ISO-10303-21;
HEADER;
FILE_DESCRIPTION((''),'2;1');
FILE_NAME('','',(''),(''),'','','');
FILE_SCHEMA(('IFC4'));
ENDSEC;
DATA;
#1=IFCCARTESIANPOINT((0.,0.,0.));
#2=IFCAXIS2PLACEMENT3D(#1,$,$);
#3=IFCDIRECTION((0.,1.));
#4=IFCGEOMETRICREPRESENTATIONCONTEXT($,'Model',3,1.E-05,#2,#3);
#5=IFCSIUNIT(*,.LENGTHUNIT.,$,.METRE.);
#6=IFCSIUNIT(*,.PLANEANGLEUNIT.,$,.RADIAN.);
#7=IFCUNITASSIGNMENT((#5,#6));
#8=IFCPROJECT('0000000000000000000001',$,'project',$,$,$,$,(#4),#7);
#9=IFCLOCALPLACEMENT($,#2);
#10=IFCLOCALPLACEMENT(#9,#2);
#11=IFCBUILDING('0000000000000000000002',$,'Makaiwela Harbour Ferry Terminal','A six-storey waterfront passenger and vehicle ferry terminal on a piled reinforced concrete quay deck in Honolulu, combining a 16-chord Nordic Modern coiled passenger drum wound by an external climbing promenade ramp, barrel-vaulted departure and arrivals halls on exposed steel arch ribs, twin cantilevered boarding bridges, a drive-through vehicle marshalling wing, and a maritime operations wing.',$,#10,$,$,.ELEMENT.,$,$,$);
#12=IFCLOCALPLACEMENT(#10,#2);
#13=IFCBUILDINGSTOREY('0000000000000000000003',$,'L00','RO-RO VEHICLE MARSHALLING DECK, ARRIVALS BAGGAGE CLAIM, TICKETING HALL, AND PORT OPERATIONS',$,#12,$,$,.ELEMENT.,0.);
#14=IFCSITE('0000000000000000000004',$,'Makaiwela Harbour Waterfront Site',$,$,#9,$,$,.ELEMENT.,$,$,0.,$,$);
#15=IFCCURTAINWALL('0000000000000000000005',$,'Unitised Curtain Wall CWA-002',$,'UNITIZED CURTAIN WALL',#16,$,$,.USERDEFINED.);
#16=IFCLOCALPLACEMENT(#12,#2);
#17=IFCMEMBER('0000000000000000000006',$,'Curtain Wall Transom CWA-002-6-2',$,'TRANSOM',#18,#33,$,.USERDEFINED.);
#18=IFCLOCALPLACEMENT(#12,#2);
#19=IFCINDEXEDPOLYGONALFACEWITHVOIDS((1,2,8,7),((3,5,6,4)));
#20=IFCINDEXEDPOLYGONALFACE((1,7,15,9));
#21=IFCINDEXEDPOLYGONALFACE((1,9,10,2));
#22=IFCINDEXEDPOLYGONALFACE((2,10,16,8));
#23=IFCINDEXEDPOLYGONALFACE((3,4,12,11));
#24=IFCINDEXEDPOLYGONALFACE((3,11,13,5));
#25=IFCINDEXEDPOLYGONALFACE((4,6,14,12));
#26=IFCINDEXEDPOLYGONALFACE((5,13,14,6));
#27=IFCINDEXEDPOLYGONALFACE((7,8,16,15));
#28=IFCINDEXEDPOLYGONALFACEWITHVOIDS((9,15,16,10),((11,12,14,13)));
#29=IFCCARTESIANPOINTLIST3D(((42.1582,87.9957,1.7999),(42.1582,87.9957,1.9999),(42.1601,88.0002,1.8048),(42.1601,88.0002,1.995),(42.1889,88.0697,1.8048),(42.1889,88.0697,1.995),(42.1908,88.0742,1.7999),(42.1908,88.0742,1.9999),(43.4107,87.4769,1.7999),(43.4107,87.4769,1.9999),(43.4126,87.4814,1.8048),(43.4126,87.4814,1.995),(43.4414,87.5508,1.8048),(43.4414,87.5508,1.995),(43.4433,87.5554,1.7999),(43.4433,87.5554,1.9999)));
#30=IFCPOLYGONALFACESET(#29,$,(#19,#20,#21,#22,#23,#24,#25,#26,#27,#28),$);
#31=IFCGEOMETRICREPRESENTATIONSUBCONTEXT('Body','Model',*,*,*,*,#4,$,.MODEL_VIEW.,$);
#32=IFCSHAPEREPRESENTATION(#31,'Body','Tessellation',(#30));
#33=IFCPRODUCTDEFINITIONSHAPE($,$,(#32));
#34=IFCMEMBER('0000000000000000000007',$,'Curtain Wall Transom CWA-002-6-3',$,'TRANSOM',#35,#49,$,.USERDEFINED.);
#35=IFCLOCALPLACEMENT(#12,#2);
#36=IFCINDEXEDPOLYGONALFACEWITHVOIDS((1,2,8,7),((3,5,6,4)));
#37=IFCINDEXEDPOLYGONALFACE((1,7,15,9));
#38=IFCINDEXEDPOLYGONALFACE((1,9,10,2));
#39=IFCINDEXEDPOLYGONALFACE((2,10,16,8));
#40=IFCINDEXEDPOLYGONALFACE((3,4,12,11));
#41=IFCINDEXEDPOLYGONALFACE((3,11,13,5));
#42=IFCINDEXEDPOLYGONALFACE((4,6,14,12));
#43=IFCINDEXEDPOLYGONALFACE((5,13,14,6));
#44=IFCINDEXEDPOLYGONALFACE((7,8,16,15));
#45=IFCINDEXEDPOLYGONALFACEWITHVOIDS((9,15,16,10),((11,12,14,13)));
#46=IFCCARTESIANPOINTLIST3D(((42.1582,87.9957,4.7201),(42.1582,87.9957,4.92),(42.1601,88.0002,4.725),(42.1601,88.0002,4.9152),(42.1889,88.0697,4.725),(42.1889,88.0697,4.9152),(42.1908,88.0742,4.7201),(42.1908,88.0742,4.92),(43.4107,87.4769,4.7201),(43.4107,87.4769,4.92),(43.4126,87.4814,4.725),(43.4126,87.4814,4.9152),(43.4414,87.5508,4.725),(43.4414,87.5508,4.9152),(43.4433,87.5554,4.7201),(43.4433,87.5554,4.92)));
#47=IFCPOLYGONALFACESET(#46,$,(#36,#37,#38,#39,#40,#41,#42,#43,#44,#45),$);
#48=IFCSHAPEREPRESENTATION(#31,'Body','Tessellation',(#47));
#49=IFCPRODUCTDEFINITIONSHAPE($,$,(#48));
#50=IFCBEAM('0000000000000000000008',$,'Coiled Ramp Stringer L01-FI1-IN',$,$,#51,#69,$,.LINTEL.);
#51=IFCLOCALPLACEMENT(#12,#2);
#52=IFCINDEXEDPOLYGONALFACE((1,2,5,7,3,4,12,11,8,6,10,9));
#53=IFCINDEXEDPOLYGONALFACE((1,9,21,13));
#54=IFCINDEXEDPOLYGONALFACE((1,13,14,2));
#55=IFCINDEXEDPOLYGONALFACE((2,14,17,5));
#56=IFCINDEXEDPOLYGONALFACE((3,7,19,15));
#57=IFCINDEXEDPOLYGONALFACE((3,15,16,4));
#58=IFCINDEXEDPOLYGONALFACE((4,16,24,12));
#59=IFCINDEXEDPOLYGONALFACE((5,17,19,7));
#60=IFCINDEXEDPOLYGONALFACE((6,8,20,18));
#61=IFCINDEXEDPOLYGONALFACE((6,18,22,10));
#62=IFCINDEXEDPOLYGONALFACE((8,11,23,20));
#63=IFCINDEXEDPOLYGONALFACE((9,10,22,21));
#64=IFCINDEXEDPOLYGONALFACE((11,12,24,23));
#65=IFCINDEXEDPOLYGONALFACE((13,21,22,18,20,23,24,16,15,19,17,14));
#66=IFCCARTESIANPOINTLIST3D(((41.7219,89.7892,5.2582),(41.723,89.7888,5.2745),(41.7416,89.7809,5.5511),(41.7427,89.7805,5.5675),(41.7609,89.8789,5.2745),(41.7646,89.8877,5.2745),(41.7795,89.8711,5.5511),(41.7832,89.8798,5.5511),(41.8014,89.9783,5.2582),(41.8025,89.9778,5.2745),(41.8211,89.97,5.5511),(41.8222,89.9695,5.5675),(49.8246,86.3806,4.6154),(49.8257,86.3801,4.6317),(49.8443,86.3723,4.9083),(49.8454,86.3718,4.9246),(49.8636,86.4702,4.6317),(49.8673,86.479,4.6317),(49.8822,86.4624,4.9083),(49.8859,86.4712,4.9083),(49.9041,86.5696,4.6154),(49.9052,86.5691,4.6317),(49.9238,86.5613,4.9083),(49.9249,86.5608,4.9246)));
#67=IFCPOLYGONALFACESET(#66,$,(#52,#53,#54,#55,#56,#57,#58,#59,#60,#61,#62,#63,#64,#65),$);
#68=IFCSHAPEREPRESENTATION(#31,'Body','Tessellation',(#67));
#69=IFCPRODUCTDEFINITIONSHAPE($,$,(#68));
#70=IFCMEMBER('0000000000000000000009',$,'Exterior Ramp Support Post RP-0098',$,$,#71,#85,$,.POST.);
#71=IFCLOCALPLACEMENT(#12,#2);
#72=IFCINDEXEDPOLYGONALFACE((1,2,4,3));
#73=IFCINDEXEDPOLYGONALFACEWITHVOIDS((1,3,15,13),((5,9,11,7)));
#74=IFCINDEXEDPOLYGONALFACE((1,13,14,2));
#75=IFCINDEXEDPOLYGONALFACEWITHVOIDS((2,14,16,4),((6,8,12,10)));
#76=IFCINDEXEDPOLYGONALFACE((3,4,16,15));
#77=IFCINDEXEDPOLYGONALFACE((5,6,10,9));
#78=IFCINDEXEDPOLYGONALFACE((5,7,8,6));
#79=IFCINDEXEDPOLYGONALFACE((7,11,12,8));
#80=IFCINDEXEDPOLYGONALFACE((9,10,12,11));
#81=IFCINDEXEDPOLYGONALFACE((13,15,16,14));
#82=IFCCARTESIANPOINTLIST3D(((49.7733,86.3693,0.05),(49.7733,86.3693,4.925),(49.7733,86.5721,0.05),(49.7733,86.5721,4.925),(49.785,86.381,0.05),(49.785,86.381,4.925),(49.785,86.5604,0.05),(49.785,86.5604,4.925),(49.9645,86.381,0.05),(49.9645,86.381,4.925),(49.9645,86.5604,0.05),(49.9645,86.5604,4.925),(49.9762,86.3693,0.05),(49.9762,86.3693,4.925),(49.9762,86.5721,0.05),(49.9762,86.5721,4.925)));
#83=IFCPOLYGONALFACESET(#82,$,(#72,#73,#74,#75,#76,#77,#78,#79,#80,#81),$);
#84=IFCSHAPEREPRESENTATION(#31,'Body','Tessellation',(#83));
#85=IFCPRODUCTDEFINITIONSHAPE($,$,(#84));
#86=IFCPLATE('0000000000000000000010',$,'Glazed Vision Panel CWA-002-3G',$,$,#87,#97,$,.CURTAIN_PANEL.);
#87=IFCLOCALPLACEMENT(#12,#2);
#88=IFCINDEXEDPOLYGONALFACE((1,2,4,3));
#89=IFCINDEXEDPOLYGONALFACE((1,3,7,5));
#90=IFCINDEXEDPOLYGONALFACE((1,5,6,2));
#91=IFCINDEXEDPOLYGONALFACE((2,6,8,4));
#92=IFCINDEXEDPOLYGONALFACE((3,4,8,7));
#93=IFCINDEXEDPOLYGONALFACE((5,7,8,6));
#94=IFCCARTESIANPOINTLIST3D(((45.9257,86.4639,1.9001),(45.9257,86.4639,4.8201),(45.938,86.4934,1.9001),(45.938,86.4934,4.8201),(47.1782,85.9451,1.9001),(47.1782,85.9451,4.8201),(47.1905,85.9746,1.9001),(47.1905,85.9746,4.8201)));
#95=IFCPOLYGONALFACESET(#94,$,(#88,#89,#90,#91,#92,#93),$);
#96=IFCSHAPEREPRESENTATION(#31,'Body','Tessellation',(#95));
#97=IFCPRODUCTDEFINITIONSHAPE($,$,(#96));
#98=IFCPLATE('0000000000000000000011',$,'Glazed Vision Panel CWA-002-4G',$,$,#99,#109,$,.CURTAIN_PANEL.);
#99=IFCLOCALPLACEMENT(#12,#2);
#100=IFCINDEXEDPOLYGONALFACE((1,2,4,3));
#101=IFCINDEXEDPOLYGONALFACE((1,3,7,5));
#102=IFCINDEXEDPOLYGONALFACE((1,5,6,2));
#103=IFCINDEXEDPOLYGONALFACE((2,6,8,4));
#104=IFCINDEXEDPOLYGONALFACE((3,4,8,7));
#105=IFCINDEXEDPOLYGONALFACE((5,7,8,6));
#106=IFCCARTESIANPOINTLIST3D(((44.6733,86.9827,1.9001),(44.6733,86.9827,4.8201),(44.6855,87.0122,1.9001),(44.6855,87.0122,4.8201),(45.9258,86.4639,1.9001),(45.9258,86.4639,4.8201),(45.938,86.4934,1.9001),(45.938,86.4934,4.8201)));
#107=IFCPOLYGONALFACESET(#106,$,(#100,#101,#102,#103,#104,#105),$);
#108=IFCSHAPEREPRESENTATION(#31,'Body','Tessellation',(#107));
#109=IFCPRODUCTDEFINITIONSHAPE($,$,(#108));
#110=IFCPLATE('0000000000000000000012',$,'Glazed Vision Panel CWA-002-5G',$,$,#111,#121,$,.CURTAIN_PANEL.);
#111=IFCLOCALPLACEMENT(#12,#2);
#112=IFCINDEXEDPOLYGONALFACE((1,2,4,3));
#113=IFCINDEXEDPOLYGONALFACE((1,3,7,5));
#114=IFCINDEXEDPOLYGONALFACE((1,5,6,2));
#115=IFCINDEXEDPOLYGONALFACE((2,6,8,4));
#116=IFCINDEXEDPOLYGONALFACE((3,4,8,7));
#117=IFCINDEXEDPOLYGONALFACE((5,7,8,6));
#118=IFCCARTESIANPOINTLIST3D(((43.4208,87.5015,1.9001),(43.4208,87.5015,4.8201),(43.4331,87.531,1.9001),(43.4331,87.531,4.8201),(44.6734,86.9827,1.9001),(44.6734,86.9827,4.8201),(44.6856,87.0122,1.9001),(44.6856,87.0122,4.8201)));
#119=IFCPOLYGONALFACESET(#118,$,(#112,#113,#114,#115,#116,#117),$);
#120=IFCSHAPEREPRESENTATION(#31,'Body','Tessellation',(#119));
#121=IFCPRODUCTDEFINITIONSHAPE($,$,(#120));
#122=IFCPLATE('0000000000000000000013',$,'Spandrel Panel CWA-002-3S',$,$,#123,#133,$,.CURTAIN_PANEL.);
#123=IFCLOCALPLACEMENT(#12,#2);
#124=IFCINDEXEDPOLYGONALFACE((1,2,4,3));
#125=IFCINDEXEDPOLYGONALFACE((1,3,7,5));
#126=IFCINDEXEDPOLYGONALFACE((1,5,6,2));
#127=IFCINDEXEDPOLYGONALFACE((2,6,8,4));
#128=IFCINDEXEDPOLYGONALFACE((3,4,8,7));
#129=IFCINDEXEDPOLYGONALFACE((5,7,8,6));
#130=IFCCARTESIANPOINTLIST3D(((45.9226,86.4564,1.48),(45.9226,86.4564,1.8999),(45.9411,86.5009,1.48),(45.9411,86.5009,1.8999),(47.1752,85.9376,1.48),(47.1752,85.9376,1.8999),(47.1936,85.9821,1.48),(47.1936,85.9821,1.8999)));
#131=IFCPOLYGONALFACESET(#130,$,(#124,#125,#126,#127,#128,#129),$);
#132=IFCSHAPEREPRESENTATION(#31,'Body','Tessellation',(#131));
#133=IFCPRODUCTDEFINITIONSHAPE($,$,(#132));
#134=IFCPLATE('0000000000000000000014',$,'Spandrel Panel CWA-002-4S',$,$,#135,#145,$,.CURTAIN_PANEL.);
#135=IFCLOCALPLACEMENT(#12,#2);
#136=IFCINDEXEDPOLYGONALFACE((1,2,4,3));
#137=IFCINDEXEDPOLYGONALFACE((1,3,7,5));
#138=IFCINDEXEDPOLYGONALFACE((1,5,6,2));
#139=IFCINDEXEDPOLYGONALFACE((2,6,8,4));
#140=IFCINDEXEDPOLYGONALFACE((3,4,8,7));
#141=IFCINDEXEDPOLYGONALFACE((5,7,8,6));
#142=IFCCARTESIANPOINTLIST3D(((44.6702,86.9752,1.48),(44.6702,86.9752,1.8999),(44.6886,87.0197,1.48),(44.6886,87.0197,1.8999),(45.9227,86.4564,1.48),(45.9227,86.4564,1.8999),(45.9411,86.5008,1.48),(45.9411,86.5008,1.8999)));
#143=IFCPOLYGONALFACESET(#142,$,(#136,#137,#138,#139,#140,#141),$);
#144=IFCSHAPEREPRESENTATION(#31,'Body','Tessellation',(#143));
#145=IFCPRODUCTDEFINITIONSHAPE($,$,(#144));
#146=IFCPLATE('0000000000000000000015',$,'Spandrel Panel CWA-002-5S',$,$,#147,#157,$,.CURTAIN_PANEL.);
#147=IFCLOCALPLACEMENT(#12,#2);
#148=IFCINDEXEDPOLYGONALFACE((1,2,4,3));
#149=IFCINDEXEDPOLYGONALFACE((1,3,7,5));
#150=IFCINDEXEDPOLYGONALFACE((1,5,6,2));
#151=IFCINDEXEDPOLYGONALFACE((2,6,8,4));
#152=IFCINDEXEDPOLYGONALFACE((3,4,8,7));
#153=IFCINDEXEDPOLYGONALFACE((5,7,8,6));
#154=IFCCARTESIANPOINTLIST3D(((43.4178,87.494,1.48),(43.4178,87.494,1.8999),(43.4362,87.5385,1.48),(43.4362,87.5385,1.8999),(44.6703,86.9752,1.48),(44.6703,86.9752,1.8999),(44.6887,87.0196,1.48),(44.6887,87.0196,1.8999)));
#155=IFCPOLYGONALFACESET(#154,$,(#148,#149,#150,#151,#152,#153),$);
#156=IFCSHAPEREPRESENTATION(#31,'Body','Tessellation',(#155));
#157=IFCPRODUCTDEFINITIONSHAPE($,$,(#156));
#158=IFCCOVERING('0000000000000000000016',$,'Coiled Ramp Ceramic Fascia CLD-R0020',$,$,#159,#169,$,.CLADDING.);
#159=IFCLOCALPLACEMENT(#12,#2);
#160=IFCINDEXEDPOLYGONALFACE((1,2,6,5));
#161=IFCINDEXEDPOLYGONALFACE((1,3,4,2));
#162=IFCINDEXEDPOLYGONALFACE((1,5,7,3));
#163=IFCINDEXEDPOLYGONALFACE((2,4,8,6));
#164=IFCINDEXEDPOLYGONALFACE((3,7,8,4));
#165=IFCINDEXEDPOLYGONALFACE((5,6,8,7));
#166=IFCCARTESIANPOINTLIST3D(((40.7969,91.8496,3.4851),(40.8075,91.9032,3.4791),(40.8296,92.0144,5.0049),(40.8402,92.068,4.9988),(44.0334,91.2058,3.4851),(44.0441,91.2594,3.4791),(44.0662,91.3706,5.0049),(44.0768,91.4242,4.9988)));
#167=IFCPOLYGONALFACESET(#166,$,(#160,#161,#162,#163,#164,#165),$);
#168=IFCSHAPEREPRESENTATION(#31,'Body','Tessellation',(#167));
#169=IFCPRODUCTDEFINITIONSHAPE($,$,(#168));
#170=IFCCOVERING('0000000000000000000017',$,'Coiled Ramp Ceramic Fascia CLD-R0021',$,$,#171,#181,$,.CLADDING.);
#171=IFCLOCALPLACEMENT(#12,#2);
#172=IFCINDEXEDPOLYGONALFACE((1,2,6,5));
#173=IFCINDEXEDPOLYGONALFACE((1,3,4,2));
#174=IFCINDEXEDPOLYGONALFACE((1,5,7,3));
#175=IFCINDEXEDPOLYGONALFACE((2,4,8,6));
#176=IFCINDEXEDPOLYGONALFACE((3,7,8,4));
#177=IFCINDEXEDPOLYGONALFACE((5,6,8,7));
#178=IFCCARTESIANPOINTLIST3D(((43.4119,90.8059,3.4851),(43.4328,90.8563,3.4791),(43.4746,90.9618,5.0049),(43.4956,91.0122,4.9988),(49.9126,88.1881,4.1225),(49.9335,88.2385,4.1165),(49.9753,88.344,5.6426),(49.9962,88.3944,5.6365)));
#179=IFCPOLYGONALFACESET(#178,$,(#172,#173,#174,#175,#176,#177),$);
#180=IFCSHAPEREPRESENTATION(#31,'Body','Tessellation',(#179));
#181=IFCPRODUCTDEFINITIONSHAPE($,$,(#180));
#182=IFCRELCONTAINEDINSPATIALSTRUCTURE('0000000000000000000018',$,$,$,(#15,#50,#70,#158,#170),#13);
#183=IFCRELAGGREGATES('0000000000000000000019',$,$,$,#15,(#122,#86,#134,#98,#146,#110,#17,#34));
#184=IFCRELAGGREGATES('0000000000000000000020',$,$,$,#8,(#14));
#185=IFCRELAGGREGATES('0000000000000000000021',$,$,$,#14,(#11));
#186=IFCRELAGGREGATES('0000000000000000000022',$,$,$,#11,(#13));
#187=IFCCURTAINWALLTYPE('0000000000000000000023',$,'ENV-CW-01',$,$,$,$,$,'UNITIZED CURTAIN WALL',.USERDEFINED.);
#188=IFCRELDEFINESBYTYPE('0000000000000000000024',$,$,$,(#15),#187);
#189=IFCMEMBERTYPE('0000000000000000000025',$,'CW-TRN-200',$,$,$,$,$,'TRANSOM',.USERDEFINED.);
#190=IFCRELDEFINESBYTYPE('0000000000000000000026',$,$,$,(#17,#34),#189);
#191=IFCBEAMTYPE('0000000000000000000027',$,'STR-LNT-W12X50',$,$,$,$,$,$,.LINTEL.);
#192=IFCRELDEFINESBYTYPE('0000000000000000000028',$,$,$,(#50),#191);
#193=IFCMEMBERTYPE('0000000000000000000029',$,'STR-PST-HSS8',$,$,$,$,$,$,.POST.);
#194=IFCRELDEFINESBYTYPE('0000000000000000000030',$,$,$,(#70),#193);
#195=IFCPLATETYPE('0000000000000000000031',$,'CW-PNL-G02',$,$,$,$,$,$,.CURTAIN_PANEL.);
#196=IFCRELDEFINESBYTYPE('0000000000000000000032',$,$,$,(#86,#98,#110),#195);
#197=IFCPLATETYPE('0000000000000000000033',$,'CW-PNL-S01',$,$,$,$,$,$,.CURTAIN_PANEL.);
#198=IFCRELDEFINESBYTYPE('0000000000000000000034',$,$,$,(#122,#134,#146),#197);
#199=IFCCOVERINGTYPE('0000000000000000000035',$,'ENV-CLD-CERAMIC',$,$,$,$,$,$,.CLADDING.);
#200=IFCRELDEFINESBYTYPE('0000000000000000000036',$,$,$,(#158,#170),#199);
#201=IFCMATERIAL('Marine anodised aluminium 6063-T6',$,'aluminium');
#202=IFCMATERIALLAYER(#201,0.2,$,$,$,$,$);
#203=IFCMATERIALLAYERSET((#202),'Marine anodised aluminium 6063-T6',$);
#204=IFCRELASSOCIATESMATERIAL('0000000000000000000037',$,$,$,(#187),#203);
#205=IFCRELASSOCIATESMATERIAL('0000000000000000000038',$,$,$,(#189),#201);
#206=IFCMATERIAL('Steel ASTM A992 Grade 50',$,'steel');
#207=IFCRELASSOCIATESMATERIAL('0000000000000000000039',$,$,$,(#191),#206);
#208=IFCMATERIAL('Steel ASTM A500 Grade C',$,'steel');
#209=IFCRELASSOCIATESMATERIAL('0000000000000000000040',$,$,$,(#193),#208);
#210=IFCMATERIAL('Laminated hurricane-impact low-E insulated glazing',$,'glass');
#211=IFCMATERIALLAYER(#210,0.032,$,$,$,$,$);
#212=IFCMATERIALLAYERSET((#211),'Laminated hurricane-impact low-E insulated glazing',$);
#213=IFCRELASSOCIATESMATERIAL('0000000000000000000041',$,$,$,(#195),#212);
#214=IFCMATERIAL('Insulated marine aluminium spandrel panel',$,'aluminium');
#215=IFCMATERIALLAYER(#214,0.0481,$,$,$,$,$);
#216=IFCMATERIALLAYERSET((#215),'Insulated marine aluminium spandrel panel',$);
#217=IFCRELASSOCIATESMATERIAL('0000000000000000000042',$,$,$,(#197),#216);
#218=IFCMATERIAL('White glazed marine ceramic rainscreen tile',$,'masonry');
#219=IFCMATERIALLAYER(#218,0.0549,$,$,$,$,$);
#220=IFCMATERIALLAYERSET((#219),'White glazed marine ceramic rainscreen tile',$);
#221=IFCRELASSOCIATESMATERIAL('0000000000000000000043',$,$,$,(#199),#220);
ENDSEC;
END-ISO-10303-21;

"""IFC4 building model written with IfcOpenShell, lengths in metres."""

from ifc_helpers import new_model, si_unit, direction, frame, origin, origin_2d, place, context, subcontext, project, spatial, polyline, rectangle, hollow_rectangle, i_section, outline, extrude, material, layer, layer_set, material_profile, profile_set, type_object, element, aggregate, save


model = new_model("IFC4")

# Units and contexts
model_context = context("Model", 3, precision=1e-05, world=origin(), true_north=direction((0.0, 1.0)))
body_context = subcontext(model_context, "Body", "Model", "MODEL_VIEW")
ifc_project = project(units=[si_unit("LENGTHUNIT", "METRE"), si_unit("PLANEANGLEUNIT", "RADIAN")], contexts=[model_context])

# Site, building, storey
site_placement = place(None, origin())
site = spatial("IfcSite", under=ifc_project, at=site_placement, Name="Makaiwela Harbour Waterfront Site", CompositionType="ELEMENT", RefElevation=0.0)
building_placement = place(site_placement, origin())
building = spatial("IfcBuilding", under=site, at=building_placement, Name="Makaiwela Harbour Ferry Terminal", Description="A six-storey waterfront passenger and vehicle ferry terminal on a piled reinforced concrete quay deck in Honolulu, combining a 16-chord Nordic Modern coiled passenger drum wound by an external climbing promenade ramp, barrel-vaulted departure and arrivals halls on exposed steel arch ribs, twin cantilevered boarding bridges, a drive-through vehicle marshalling wing, and a maritime operations wing.", CompositionType="ELEMENT")
storey_placement = place(building_placement, origin())
storey = spatial("IfcBuildingStorey", under=building, at=storey_placement, Name="L00", Description="RO-RO VEHICLE MARSHALLING DECK, ARRIVALS BAGGAGE CLAIM, TICKETING HALL, AND PORT OPERATIONS", CompositionType="ELEMENT", Elevation=0.0)

# Curtain wall, members
ifc_material_1 = material(Name="Marine anodised aluminium 6063-T6", Category="aluminium")
ifc_layer_1 = layer(ifc_material_1, 0.2)
ifc_layer_set_1 = layer_set([ifc_layer_1], Name="Marine anodised aluminium 6063-T6")
curtain_wall_type = type_object("IfcCurtainWallType", Name="ENV-CW-01", ElementType="UNITIZED CURTAIN WALL", PredefinedType="USERDEFINED", material=ifc_layer_set_1)
curtain_wall_placement = place(storey_placement, origin())
curtain_wall = element("IfcCurtainWall", 1, at=curtain_wall_placement, inside=storey, type_object=curtain_wall_type, Name="Unitised Curtain Wall CWA-002", ObjectType="UNITIZED CURTAIN WALL", PredefinedType="USERDEFINED")
ifc_material_profile_1 = material_profile(ifc_material_1, hollow_rectangle(XDim=0.085, YDim=0.2, WallThickness=0.0049, at=origin_2d()), Name="CWT-200X85")
ifc_profile_set_1 = profile_set([ifc_material_profile_1], Name="Marine anodised aluminium 6063-T6")
member_type_1 = type_object("IfcMemberType", Name="CW-TRN-200", ElementType="TRANSOM", PredefinedType="USERDEFINED", material=ifc_profile_set_1)
member_1_placement = place(storey_placement, frame((43.427, 87.5161, 1.8999), z_axis=(-0.923874, 0.382696, 0.0), x_axis=(-0.382696, -0.923874, 0.0)))
member_1 = element("IfcMember", 2, at=member_1_placement, type_object=member_type_1, Name="Curtain Wall Transom CWA-002-6-2", ObjectType="TRANSOM", PredefinedType="USERDEFINED", context=body_context, shape_type="SweptSolid", body=[
    extrude(hollow_rectangle(XDim=0.085, YDim=0.2, WallThickness=0.0049, at=origin_2d()), origin(), (0.0, 0.0, 1.0), 1.3557),
])
member_2_placement = place(storey_placement, frame((43.427, 87.5161, 4.8201), z_axis=(-0.923874, 0.382696, 0.0), x_axis=(-0.382696, -0.923874, 0.0)))
member_2 = element("IfcMember", 3, at=member_2_placement, type_object=member_type_1, Name="Curtain Wall Transom CWA-002-6-3", ObjectType="TRANSOM", PredefinedType="USERDEFINED", context=body_context, shape_type="SweptSolid", body=[
    extrude(hollow_rectangle(XDim=0.085, YDim=0.2, WallThickness=0.0049, at=origin_2d()), origin(), (0.0, 0.0, 1.0), 1.3557),
])

# Beam
ifc_material_2 = material(Name="Steel ASTM A992 Grade 50", Category="steel")
ifc_material_profile_2 = material_profile(ifc_material_2, i_section(OverallWidth=0.2051, OverallDepth=0.3101, WebThickness=0.0095, FlangeThickness=0.0164, at=origin_2d()), Name="W12X50")
ifc_profile_set_2 = profile_set([ifc_material_profile_2], Name="Steel ASTM A992 Grade 50")
beam_type = type_object("IfcBeamType", Name="STR-LNT-W12X50", PredefinedType="LINTEL", material=ifc_profile_set_2)
beam_placement = place(storey_placement, frame((49.8748, 86.4707, 4.77), z_axis=(-0.919303, 0.386734, 0.072932), x_axis=(-0.387766, -0.921758, 0.0)))
element("IfcBeam", 4, at=beam_placement, inside=storey, type_object=beam_type, Name="Coiled Ramp Stringer L01-FI1-IN", PredefinedType="LINTEL", context=body_context, shape_type="SweptSolid", body=[
    extrude(i_section(OverallWidth=0.2051, OverallDepth=0.3101, WebThickness=0.0095, FlangeThickness=0.0164, at=origin_2d()), origin(), (0.0, 0.0, 1.0), 8.814),
])

# Member
ifc_material_3 = material(Name="Steel ASTM A500 Grade C", Category="steel")
ifc_material_profile_3 = material_profile(ifc_material_3, hollow_rectangle(XDim=0.2029, YDim=0.2029, WallThickness=0.0117, at=origin_2d()), Name="HSS8X8X1/2")
ifc_profile_set_3 = profile_set([ifc_material_profile_3], Name="Steel ASTM A500 Grade C")
member_type_2 = type_object("IfcMemberType", Name="STR-PST-HSS8", PredefinedType="POST", material=ifc_profile_set_3)
member_3_placement = place(storey_placement, frame((49.8748, 86.4707, 0.05), z_axis=(0.0, 0.0, 1.0), x_axis=(1.0, 0.0, 0.0)))
element("IfcMember", 5, at=member_3_placement, inside=storey, type_object=member_type_2, Name="Exterior Ramp Support Post RP-0098", PredefinedType="POST", context=body_context, shape_type="SweptSolid", body=[
    extrude(hollow_rectangle(XDim=0.2029, YDim=0.2029, WallThickness=0.0117, at=origin_2d()), origin(), (0.0, 0.0, 1.0), 4.875),
])

# Plates
ifc_material_4 = material(Name="Laminated hurricane-impact low-E insulated glazing", Category="glass")
ifc_layer_2 = layer(ifc_material_4, 0.032)
ifc_layer_set_2 = layer_set([ifc_layer_2], Name="Laminated hurricane-impact low-E insulated glazing")
plate_type_1 = type_object("IfcPlateType", Name="CW-PNL-G02", PredefinedType="CURTAIN_PANEL", material=ifc_layer_set_2)
plate_1_placement = place(storey_placement, frame((46.5581, 86.2192, 1.9001), z_axis=(0.0, 0.0, 1.0), x_axis=(-0.92388, 0.382683, 0.0)))
plate_1 = element("IfcPlate", 6, at=plate_1_placement, type_object=plate_type_1, Name="Glazed Vision Panel CWA-002-3G", PredefinedType="CURTAIN_PANEL", context=body_context, shape_type="SweptSolid", body=[
    extrude(rectangle(XDim=1.3557, YDim=0.032, at=origin_2d()), origin(), (0.0, 0.0, 1.0), 2.9199),
])
plate_2_placement = place(storey_placement, frame((45.3057, 86.738, 1.9001), z_axis=(0.0, 0.0, 1.0), x_axis=(-0.92388, 0.382683, 0.0)))
plate_2 = element("IfcPlate", 7, at=plate_2_placement, type_object=plate_type_1, Name="Glazed Vision Panel CWA-002-4G", PredefinedType="CURTAIN_PANEL", context=body_context, shape_type="SweptSolid", body=[
    extrude(rectangle(XDim=1.3557, YDim=0.032, at=origin_2d()), origin(), (0.0, 0.0, 1.0), 2.9199),
])
plate_3_placement = place(storey_placement, frame((44.0532, 87.2568, 1.9001), z_axis=(0.0, 0.0, 1.0), x_axis=(-0.92388, 0.382683, 0.0)))
plate_3 = element("IfcPlate", 8, at=plate_3_placement, type_object=plate_type_1, Name="Glazed Vision Panel CWA-002-5G", PredefinedType="CURTAIN_PANEL", context=body_context, shape_type="SweptSolid", body=[
    extrude(rectangle(XDim=1.3557, YDim=0.032, at=origin_2d()), origin(), (0.0, 0.0, 1.0), 2.9199),
])
ifc_material_5 = material(Name="Insulated marine aluminium spandrel panel", Category="aluminium")
ifc_layer_3 = layer(ifc_material_5, 0.0481)
ifc_layer_set_3 = layer_set([ifc_layer_3], Name="Insulated marine aluminium spandrel panel")
plate_type_2 = type_object("IfcPlateType", Name="CW-PNL-S01", PredefinedType="CURTAIN_PANEL", material=ifc_layer_set_3)
plate_4_placement = place(storey_placement, frame((46.5581, 86.2192, 1.48), z_axis=(0.0, 0.0, 1.0), x_axis=(-0.92388, 0.382683, 0.0)))
plate_4 = element("IfcPlate", 9, at=plate_4_placement, type_object=plate_type_2, Name="Spandrel Panel CWA-002-3S", PredefinedType="CURTAIN_PANEL", context=body_context, shape_type="SweptSolid", body=[
    extrude(rectangle(XDim=1.3557, YDim=0.0481, at=origin_2d()), origin(), (0.0, 0.0, 1.0), 0.4199),
])
plate_5_placement = place(storey_placement, frame((45.3057, 86.738, 1.48), z_axis=(0.0, 0.0, 1.0), x_axis=(-0.92388, 0.382683, 0.0)))
plate_5 = element("IfcPlate", 10, at=plate_5_placement, type_object=plate_type_2, Name="Spandrel Panel CWA-002-4S", PredefinedType="CURTAIN_PANEL", context=body_context, shape_type="SweptSolid", body=[
    extrude(rectangle(XDim=1.3557, YDim=0.0481, at=origin_2d()), origin(), (0.0, 0.0, 1.0), 0.4199),
])
plate_6_placement = place(storey_placement, frame((44.0532, 87.2568, 1.48), z_axis=(0.0, 0.0, 1.0), x_axis=(-0.92388, 0.382683, 0.0)))
plate_6 = element("IfcPlate", 11, at=plate_6_placement, type_object=plate_type_2, Name="Spandrel Panel CWA-002-5S", PredefinedType="CURTAIN_PANEL", context=body_context, shape_type="SweptSolid", body=[
    extrude(rectangle(XDim=1.3557, YDim=0.0481, at=origin_2d()), origin(), (0.0, 0.0, 1.0), 0.4199),
])
aggregate(curtain_wall, [plate_4, plate_1, plate_5, plate_2, plate_6, plate_3, member_1, member_2])

# Coverings
ifc_material_6 = material(Name="White glazed marine ceramic rainscreen tile", Category="masonry")
ifc_layer_4 = layer(ifc_material_6, 0.0549)
ifc_layer_set_4 = layer_set([ifc_layer_4], Name="White glazed marine ceramic rainscreen tile")
covering_type = type_object("IfcCoveringType", Name="ENV-CLD-CERAMIC", PredefinedType="CLADDING", material=ifc_layer_set_4)
covering_1_placement = place(storey_placement, frame((44.0334, 91.2058, 3.4851), z_axis=(-0.19391, -0.974846, 0.10988), x_axis=(-0.980785, 0.195092, 0.0)))
element("IfcCovering", 12, at=covering_1_placement, inside=storey, type_object=covering_type, Name="Coiled Ramp Ceramic Fascia CLD-R0020", PredefinedType="CLADDING", context=body_context, shape_type="SweptSolid", body=[
    extrude(outline(polyline([(0.0, 0.0), (3.3, 0.0), (3.3, -1.529), (0.0001, -1.529), (0.0, 0.0)])), origin(), (0.0, 0.0, -1.0), 0.0549),
])
covering_2_placement = place(storey_placement, frame((43.4119, 90.8059, 3.4851), z_axis=(-0.380535, -0.918215, 0.109883), x_axis=(0.923798, -0.372009, 0.090584)))
element("IfcCovering", 13, at=covering_2_placement, inside=storey, type_object=covering_type, Name="Coiled Ramp Ceramic Fascia CLD-R0021", PredefinedType="CLADDING", context=body_context, shape_type="SweptSolid", body=[
    extrude(outline(polyline([(0.0, 0.0), (7.037, 0.0), (7.1746, 1.5231), (0.1377, 1.5228), (0.0, 0.0)])), origin(), (0.0, 0.0, -1.0), 0.0549),
])

save(model, "model.ifc")
